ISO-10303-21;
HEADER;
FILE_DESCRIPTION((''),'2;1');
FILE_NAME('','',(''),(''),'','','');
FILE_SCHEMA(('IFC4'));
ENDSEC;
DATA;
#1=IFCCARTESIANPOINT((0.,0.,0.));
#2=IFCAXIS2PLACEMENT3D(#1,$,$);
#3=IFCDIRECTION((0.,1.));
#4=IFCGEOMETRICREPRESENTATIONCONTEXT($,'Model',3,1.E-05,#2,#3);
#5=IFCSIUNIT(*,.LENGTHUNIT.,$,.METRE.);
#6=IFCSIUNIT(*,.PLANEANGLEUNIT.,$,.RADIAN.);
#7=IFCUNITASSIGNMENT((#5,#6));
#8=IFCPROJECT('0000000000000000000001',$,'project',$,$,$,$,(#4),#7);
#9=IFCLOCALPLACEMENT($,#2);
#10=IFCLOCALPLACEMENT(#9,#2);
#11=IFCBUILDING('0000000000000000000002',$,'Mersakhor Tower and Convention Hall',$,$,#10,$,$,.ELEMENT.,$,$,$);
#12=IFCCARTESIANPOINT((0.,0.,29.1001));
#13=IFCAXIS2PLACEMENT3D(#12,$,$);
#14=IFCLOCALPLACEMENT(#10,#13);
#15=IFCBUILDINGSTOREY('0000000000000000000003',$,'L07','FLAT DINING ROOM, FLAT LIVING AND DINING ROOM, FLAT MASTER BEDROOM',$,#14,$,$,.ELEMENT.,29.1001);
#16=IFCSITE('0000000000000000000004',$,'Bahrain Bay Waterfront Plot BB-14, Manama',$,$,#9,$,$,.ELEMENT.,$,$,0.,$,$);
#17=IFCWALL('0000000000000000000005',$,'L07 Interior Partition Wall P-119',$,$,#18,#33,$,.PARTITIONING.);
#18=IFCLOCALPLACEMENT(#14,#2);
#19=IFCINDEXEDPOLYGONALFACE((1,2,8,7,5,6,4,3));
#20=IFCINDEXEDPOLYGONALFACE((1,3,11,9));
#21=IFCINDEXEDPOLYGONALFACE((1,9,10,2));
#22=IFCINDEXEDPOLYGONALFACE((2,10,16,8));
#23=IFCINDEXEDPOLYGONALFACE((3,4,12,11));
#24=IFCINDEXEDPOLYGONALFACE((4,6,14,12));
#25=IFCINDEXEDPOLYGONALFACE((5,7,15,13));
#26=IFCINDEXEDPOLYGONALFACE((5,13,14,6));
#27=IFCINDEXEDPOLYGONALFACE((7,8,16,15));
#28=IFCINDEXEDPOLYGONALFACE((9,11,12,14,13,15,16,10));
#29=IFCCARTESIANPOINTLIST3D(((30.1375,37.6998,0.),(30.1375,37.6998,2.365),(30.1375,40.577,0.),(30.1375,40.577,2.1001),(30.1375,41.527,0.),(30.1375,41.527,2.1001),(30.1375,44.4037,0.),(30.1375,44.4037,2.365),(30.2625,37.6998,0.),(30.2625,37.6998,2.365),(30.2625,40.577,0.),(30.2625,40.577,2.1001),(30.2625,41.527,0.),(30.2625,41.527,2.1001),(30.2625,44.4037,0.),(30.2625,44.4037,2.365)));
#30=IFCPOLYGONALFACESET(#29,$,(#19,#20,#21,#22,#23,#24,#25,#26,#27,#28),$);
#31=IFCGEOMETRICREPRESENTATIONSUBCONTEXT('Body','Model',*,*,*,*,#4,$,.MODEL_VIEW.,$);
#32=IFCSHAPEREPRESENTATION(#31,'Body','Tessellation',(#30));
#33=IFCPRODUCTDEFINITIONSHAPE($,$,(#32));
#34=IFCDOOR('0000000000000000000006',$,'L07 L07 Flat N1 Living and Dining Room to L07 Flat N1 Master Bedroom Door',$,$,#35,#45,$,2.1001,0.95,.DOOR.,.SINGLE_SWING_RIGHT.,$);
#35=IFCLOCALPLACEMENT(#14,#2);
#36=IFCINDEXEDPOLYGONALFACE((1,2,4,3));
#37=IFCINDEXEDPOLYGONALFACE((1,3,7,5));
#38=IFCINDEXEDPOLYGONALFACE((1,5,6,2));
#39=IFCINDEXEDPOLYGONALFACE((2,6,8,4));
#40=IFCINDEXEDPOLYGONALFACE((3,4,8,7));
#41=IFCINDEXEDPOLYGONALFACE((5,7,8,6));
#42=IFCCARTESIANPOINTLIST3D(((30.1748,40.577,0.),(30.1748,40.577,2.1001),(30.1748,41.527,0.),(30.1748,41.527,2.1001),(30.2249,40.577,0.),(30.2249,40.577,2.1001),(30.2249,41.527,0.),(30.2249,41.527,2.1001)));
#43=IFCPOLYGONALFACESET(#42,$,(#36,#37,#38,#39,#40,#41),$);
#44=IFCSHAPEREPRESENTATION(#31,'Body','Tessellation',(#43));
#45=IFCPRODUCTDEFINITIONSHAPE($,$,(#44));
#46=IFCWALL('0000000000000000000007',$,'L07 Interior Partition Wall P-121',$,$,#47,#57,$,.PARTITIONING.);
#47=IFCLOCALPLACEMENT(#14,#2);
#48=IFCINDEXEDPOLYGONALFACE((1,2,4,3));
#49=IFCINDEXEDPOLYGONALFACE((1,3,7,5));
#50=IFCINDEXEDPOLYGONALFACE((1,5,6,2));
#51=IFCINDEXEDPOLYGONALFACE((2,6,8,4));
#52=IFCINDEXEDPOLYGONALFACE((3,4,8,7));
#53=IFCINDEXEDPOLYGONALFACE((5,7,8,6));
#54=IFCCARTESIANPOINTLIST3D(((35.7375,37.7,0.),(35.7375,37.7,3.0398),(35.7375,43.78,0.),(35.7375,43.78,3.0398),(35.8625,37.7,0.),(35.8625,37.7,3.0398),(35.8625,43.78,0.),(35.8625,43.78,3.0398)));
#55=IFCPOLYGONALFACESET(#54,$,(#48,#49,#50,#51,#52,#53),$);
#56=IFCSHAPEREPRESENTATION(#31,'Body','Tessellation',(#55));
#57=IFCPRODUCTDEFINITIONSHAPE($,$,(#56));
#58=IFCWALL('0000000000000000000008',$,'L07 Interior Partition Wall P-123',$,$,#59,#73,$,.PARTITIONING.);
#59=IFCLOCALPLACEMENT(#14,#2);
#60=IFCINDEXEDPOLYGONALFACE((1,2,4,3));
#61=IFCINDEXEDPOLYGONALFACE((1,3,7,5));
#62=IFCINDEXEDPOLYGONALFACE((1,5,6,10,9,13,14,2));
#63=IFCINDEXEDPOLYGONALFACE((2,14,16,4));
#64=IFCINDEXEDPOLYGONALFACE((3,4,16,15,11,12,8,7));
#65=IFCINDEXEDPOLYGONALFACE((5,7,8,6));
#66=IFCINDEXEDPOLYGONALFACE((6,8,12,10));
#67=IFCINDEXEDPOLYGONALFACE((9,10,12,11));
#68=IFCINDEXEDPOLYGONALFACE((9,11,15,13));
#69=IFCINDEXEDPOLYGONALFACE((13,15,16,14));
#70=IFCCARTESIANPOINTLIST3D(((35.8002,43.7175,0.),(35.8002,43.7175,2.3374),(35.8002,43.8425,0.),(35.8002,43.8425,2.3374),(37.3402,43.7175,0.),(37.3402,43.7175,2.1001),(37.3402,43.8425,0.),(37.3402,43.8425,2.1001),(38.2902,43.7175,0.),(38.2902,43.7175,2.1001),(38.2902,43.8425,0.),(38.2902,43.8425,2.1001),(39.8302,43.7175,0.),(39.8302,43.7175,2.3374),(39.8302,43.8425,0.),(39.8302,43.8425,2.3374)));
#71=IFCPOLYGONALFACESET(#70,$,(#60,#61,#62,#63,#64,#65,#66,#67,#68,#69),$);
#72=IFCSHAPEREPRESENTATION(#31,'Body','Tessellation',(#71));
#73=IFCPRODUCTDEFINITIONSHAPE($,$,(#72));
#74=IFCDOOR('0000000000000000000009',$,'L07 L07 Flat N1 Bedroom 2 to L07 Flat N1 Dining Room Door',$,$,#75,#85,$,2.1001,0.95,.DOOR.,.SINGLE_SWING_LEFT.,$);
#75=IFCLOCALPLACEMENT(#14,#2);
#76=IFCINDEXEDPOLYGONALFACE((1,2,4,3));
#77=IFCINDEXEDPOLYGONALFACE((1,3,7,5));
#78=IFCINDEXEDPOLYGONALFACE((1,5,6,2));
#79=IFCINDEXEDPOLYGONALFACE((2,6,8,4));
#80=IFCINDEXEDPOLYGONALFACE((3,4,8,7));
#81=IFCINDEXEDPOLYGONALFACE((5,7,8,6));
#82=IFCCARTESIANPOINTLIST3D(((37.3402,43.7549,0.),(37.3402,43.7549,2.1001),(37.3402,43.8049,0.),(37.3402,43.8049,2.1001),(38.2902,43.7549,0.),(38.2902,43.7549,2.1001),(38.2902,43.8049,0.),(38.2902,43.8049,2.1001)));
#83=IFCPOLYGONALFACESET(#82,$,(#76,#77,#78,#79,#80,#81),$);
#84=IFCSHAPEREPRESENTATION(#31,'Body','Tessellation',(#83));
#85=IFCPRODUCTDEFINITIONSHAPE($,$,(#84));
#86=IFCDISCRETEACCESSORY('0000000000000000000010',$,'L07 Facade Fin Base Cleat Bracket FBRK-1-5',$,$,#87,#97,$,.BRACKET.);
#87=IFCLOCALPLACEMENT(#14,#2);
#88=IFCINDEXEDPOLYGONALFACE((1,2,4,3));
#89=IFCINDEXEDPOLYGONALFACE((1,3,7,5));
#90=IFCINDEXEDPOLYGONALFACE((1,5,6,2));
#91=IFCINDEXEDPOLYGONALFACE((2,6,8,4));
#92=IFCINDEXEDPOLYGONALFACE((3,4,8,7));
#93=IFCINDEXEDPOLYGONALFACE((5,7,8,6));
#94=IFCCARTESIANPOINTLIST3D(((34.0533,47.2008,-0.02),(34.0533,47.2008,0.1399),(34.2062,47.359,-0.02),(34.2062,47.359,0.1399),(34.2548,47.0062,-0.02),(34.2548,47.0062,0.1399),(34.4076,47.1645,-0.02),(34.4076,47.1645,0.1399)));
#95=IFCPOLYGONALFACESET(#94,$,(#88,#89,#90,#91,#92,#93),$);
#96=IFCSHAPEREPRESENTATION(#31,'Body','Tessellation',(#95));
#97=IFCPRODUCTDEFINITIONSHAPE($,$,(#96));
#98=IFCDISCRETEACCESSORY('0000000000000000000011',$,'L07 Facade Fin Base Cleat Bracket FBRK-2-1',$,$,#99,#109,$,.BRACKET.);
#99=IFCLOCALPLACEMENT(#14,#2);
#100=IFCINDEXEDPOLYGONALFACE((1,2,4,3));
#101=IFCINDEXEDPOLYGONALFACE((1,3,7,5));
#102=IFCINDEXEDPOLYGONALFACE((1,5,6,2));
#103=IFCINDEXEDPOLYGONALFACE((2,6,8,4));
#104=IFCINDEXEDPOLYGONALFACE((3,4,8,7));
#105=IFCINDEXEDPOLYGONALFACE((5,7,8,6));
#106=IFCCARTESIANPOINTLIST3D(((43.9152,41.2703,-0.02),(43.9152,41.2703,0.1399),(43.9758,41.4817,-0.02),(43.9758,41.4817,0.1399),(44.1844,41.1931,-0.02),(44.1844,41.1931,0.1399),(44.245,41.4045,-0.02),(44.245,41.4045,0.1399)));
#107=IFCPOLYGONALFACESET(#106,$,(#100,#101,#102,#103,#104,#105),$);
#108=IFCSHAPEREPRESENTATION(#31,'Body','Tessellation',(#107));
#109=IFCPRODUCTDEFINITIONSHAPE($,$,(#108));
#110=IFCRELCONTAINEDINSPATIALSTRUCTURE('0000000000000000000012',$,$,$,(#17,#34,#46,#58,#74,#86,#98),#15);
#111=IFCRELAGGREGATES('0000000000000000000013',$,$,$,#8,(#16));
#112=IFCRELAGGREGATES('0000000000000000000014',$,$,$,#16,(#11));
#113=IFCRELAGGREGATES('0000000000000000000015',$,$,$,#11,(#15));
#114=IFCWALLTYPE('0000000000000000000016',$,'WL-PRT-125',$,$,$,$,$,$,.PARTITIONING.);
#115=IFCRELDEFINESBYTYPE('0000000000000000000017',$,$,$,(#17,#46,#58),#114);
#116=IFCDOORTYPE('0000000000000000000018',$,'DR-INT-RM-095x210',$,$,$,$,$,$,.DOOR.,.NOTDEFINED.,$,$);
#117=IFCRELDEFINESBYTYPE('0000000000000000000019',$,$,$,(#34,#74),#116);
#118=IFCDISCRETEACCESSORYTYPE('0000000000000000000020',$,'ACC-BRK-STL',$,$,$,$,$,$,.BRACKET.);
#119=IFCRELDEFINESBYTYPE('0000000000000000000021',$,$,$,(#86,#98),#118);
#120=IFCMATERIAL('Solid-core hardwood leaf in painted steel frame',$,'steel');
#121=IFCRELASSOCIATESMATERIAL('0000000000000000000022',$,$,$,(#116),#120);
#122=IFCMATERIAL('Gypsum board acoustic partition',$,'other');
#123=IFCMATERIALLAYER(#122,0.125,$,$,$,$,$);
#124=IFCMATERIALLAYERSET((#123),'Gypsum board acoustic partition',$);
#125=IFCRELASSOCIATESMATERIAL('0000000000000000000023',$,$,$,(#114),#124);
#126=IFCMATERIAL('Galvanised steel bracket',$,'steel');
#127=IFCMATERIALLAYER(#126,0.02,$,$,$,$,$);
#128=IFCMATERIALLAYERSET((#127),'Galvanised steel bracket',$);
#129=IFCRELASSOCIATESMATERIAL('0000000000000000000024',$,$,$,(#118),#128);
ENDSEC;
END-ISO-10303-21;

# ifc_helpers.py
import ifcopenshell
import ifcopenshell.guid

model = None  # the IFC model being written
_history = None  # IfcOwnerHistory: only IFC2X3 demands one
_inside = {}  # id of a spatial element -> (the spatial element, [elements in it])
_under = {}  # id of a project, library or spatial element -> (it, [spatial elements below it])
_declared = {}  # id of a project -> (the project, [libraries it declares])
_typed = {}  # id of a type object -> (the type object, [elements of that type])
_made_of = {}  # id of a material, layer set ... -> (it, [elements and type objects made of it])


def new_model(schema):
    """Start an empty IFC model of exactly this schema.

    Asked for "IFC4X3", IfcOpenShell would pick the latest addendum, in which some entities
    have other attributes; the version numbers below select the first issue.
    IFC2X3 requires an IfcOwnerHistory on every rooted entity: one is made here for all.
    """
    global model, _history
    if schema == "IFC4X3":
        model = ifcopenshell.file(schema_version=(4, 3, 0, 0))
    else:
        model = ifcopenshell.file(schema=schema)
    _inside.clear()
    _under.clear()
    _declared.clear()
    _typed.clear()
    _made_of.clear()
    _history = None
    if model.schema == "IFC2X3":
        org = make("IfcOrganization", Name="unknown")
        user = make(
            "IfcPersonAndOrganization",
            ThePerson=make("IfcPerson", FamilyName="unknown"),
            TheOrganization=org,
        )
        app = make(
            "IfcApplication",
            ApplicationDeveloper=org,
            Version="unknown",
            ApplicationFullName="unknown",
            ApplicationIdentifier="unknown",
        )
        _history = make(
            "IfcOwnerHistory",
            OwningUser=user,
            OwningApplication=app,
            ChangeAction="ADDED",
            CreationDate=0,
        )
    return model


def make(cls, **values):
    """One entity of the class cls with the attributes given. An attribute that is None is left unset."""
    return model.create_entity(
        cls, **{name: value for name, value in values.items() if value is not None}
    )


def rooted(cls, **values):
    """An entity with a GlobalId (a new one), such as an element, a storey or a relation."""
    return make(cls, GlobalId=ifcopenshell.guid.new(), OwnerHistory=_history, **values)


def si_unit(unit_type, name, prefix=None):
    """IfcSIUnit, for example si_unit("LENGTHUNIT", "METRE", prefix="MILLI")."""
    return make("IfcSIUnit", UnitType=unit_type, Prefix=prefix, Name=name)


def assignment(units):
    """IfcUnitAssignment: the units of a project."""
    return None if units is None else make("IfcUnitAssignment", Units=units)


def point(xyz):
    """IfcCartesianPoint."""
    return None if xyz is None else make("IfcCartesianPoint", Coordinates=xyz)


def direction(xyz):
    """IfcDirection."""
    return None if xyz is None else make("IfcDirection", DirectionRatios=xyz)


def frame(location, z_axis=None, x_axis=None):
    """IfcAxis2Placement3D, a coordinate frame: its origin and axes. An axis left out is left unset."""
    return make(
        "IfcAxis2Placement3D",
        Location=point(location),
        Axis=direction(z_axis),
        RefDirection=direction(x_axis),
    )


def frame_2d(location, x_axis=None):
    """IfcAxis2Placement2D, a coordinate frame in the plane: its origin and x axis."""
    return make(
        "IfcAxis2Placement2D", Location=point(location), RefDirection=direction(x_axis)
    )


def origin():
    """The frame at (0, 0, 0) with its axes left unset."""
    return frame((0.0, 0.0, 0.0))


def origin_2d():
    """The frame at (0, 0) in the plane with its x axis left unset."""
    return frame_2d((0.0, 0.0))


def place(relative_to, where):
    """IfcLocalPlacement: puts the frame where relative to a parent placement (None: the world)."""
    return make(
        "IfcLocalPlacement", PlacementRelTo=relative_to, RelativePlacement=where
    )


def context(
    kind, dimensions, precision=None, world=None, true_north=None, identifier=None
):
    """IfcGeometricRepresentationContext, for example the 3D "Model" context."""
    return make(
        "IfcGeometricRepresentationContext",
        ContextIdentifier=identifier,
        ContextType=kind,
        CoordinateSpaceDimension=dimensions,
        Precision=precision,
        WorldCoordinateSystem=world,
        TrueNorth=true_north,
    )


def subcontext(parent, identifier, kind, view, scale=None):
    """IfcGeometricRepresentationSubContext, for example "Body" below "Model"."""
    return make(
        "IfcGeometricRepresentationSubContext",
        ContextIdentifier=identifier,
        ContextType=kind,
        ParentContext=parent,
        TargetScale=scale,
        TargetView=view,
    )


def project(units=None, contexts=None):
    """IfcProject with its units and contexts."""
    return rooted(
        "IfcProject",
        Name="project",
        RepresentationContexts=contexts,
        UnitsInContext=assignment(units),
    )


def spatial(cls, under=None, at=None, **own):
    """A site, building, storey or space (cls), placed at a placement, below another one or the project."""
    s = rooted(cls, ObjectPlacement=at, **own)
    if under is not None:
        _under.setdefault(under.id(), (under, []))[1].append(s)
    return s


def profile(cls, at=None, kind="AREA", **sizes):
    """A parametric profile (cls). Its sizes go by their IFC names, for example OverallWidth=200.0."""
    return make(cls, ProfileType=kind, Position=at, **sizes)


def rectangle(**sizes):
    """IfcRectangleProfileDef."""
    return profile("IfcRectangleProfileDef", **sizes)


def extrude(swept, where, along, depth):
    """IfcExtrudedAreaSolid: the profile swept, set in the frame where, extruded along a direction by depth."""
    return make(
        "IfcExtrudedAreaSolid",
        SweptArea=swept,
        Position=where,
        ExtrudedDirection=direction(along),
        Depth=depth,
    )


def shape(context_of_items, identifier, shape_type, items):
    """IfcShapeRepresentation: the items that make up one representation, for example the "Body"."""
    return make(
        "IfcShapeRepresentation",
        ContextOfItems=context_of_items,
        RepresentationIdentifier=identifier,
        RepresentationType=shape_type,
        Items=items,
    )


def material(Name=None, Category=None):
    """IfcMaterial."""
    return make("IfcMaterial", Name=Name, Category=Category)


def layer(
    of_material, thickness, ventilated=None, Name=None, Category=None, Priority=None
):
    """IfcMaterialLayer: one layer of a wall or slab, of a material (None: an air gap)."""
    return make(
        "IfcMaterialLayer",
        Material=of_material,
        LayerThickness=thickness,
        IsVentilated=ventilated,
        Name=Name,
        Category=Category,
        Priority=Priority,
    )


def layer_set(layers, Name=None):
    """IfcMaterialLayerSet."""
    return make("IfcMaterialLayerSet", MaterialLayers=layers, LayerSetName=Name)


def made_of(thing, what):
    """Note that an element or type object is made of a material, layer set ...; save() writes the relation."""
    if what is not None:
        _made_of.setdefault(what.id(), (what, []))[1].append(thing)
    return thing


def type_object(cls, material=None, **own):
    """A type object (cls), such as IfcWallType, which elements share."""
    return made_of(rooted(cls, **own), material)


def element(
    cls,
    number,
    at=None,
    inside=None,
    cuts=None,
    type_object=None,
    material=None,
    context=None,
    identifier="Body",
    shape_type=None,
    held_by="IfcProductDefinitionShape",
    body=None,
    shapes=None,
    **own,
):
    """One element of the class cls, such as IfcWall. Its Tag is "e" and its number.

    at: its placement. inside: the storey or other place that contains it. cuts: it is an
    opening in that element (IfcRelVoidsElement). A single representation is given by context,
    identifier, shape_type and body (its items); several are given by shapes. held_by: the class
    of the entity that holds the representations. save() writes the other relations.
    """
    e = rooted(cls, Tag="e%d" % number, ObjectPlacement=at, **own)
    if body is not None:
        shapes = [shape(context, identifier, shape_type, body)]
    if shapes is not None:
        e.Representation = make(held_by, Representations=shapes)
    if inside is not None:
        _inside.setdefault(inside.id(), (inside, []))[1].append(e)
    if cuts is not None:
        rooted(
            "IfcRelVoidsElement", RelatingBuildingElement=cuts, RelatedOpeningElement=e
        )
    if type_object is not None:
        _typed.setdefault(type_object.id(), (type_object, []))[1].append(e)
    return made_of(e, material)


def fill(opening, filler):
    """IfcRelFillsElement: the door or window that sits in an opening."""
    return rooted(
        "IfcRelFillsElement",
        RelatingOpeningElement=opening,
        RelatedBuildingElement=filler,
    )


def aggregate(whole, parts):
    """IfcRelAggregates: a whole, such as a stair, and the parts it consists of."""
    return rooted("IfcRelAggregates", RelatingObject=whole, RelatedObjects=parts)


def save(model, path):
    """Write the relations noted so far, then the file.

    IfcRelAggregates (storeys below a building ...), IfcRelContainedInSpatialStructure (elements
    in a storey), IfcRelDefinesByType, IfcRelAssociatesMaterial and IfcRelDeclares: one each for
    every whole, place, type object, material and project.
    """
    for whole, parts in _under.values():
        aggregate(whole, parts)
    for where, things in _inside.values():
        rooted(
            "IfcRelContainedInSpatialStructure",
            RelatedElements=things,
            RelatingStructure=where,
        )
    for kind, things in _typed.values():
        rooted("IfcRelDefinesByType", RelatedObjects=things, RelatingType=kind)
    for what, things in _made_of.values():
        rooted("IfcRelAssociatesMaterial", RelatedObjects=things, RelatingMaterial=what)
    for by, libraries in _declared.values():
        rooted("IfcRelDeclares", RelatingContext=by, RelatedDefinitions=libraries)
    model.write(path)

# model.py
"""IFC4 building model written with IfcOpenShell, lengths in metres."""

from ifc_helpers import new_model, si_unit, direction, frame, frame_2d, origin, origin_2d, place, context, subcontext, project, spatial, rectangle, extrude, material, layer, layer_set, type_object, element, fill, save


model = new_model("IFC4")

# Units and contexts
model_context = context("Model", 3, precision=1e-05, world=origin(), true_north=direction((0.0, 1.0)))
body_context = subcontext(model_context, "Body", "Model", "MODEL_VIEW")
ifc_project = project(units=[si_unit("LENGTHUNIT", "METRE"), si_unit("PLANEANGLEUNIT", "RADIAN")], contexts=[model_context])

# Site, building, storey
site_placement = place(None, origin())
site = spatial("IfcSite", under=ifc_project, at=site_placement, Name="Bahrain Bay Waterfront Plot BB-14, Manama", CompositionType="ELEMENT", RefElevation=0.0)
building_placement = place(site_placement, origin())
building = spatial("IfcBuilding", under=site, at=building_placement, Name="Mersakhor Tower and Convention Hall", CompositionType="ELEMENT")
storey_placement = place(building_placement, frame((0.0, 0.0, 29.1001)))
storey = spatial("IfcBuildingStorey", under=building, at=storey_placement, Name="L07", Description="FLAT DINING ROOM, FLAT LIVING AND DINING ROOM, FLAT MASTER BEDROOM", CompositionType="ELEMENT", Elevation=29.1001)

# Wall, opening, door
ifc_material_1 = material(Name="Solid-core hardwood leaf in painted steel frame", Category="steel")
door_type_1 = type_object("IfcDoorType", Name="DR-INT-RM-095x210", OperationType="NOTDEFINED", PredefinedType="DOOR", material=ifc_material_1)
ifc_material_2 = material(Name="Gypsum board acoustic partition", Category="other")
ifc_layer_1 = layer(ifc_material_2, 0.125)
ifc_layer_set_1 = layer_set([ifc_layer_1], Name="Gypsum board acoustic partition")
wall_type_1 = type_object("IfcWallType", Name="WL-PRT-125", PredefinedType="PARTITIONING", material=ifc_layer_set_1)
wall_1_placement = place(storey_placement, frame((30.2, 44.4038, 0.0), z_axis=(0.0, 0.0, 1.0), x_axis=(0.0, -1.0, 0.0)))
wall_1 = element("IfcWall", 1, at=wall_1_placement, inside=storey, type_object=wall_type_1, Name="L07 Interior Partition Wall P-119", PredefinedType="PARTITIONING", context=body_context, shape_type="SweptSolid", body=[
    extrude(rectangle(XDim=6.7039, YDim=0.125, at=frame_2d((3.3521, 0.0))), origin(), (0.0, 0.0, 1.0), 2.365),
])
opening_1_placement = place(wall_1_placement, frame((2.8767, 0.0, 0.0)))
opening_1 = element("IfcOpeningElement", 2, at=opening_1_placement, cuts=wall_1, PredefinedType="OPENING", context=body_context, shape_type="SweptSolid", body=[
    extrude(rectangle(XDim=0.95, YDim=2.1001, at=frame_2d((0.4751, 1.05))), frame((0.0, 0.0725, 0.0), z_axis=(0.0, -1.0, 0.0), x_axis=(1.0, 0.0, 0.0)), (0.0, 0.0, 1.0), 0.145),
])
door_1_placement = place(opening_1_placement, origin())
door_1 = element("IfcDoor", 3, at=door_1_placement, inside=storey, type_object=door_type_1, Name="L07 L07 Flat N1 Living and Dining Room to L07 Flat N1 Master Bedroom Door", OperationType="SINGLE_SWING_RIGHT", OverallHeight=2.1001, OverallWidth=0.95, PredefinedType="DOOR", context=body_context, shape_type="SweptSolid", body=[
    extrude(rectangle(XDim=0.95, YDim=2.1001, at=frame_2d((0.4751, 1.05))), frame((0.0, 0.0249, 0.0), z_axis=(0.0, -1.0, 0.0), x_axis=(1.0, 0.0, 0.0)), (0.0, 0.0, 1.0), 0.05),
])
fill(opening_1, door_1)

# Wall
wall_2_placement = place(storey_placement, frame((35.8, 43.78, 0.0), z_axis=(0.0, 0.0, 1.0), x_axis=(0.0, -1.0, 0.0)))
element("IfcWall", 4, at=wall_2_placement, inside=storey, type_object=wall_type_1, Name="L07 Interior Partition Wall P-121", PredefinedType="PARTITIONING", context=body_context, shape_type="SweptSolid", body=[
    extrude(rectangle(XDim=6.0801, YDim=0.125, at=frame_2d((3.04, 0.0))), origin(), (0.0, 0.0, 1.0), 3.0398),
])

# Wall, opening, door
wall_3_placement = place(storey_placement, frame((35.8, 43.78, 0.0), z_axis=(0.0, 0.0, 1.0), x_axis=(1.0, 0.0, 0.0)))
wall_3 = element("IfcWall", 5, at=wall_3_placement, inside=storey, type_object=wall_type_1, Name="L07 Interior Partition Wall P-123", PredefinedType="PARTITIONING", context=body_context, shape_type="SweptSolid", body=[
    extrude(rectangle(XDim=4.03, YDim=0.125, at=frame_2d((2.0151, 0.0))), origin(), (0.0, 0.0, 1.0), 2.3374),
])
opening_2_placement = place(wall_3_placement, frame((1.54, 0.0, 0.0)))
opening_2 = element("IfcOpeningElement", 6, at=opening_2_placement, cuts=wall_3, PredefinedType="OPENING", context=body_context, shape_type="SweptSolid", body=[
    extrude(rectangle(XDim=0.95, YDim=2.1001, at=frame_2d((0.4751, 1.05))), frame((0.0, 0.0725, 0.0), z_axis=(0.0, -1.0, 0.0), x_axis=(1.0, 0.0, 0.0)), (0.0, 0.0, 1.0), 0.145),
])
door_2_placement = place(opening_2_placement, origin())
door_2 = element("IfcDoor", 7, at=door_2_placement, inside=storey, type_object=door_type_1, Name="L07 L07 Flat N1 Bedroom 2 to L07 Flat N1 Dining Room Door", OperationType="SINGLE_SWING_LEFT", OverallHeight=2.1001, OverallWidth=0.95, PredefinedType="DOOR", context=body_context, shape_type="SweptSolid", body=[
    extrude(rectangle(XDim=0.95, YDim=2.1001, at=frame_2d((0.4751, 1.05))), frame((0.0, 0.0249, 0.0), z_axis=(0.0, -1.0, 0.0), x_axis=(1.0, 0.0, 0.0)), (0.0, 0.0, 1.0), 0.05),
])
fill(opening_2, door_2)

# Discrete accessories
ifc_material_3 = material(Name="Galvanised steel bracket", Category="steel")
ifc_layer_2 = layer(ifc_material_3, 0.02)
ifc_layer_set_2 = layer_set([ifc_layer_2], Name="Galvanised steel bracket")
discrete_accessory_type = type_object("IfcDiscreteAccessoryType", Name="ACC-BRK-STL", PredefinedType="BRACKET", material=ifc_layer_set_2)
for number, where, z_axis, x_axis, name in (
    (8, (34.2305, 47.1826, -0.02), (0.0, 0.0, 1.0), (-0.71934, 0.694658, 0.0), "L07 Facade Fin Base Cleat Bracket FBRK-1-5"),
    (9, (44.0801, 41.3374, -0.02), (0.0, 0.0, 1.0), (0.961262, -0.275637, 0.0), "L07 Facade Fin Base Cleat Bracket FBRK-2-1"),
):
    element("IfcDiscreteAccessory", number, at=place(storey_placement, frame(where, z_axis=z_axis, x_axis=x_axis)), inside=storey, type_object=discrete_accessory_type, Name=name, PredefinedType="BRACKET", context=body_context, shape_type="SweptSolid", body=[
        extrude(rectangle(XDim=0.28, YDim=0.22, at=origin_2d()), origin(), (0.0, 0.0, 1.0), 0.1599),
    ])

save(model, "model.ifc")
